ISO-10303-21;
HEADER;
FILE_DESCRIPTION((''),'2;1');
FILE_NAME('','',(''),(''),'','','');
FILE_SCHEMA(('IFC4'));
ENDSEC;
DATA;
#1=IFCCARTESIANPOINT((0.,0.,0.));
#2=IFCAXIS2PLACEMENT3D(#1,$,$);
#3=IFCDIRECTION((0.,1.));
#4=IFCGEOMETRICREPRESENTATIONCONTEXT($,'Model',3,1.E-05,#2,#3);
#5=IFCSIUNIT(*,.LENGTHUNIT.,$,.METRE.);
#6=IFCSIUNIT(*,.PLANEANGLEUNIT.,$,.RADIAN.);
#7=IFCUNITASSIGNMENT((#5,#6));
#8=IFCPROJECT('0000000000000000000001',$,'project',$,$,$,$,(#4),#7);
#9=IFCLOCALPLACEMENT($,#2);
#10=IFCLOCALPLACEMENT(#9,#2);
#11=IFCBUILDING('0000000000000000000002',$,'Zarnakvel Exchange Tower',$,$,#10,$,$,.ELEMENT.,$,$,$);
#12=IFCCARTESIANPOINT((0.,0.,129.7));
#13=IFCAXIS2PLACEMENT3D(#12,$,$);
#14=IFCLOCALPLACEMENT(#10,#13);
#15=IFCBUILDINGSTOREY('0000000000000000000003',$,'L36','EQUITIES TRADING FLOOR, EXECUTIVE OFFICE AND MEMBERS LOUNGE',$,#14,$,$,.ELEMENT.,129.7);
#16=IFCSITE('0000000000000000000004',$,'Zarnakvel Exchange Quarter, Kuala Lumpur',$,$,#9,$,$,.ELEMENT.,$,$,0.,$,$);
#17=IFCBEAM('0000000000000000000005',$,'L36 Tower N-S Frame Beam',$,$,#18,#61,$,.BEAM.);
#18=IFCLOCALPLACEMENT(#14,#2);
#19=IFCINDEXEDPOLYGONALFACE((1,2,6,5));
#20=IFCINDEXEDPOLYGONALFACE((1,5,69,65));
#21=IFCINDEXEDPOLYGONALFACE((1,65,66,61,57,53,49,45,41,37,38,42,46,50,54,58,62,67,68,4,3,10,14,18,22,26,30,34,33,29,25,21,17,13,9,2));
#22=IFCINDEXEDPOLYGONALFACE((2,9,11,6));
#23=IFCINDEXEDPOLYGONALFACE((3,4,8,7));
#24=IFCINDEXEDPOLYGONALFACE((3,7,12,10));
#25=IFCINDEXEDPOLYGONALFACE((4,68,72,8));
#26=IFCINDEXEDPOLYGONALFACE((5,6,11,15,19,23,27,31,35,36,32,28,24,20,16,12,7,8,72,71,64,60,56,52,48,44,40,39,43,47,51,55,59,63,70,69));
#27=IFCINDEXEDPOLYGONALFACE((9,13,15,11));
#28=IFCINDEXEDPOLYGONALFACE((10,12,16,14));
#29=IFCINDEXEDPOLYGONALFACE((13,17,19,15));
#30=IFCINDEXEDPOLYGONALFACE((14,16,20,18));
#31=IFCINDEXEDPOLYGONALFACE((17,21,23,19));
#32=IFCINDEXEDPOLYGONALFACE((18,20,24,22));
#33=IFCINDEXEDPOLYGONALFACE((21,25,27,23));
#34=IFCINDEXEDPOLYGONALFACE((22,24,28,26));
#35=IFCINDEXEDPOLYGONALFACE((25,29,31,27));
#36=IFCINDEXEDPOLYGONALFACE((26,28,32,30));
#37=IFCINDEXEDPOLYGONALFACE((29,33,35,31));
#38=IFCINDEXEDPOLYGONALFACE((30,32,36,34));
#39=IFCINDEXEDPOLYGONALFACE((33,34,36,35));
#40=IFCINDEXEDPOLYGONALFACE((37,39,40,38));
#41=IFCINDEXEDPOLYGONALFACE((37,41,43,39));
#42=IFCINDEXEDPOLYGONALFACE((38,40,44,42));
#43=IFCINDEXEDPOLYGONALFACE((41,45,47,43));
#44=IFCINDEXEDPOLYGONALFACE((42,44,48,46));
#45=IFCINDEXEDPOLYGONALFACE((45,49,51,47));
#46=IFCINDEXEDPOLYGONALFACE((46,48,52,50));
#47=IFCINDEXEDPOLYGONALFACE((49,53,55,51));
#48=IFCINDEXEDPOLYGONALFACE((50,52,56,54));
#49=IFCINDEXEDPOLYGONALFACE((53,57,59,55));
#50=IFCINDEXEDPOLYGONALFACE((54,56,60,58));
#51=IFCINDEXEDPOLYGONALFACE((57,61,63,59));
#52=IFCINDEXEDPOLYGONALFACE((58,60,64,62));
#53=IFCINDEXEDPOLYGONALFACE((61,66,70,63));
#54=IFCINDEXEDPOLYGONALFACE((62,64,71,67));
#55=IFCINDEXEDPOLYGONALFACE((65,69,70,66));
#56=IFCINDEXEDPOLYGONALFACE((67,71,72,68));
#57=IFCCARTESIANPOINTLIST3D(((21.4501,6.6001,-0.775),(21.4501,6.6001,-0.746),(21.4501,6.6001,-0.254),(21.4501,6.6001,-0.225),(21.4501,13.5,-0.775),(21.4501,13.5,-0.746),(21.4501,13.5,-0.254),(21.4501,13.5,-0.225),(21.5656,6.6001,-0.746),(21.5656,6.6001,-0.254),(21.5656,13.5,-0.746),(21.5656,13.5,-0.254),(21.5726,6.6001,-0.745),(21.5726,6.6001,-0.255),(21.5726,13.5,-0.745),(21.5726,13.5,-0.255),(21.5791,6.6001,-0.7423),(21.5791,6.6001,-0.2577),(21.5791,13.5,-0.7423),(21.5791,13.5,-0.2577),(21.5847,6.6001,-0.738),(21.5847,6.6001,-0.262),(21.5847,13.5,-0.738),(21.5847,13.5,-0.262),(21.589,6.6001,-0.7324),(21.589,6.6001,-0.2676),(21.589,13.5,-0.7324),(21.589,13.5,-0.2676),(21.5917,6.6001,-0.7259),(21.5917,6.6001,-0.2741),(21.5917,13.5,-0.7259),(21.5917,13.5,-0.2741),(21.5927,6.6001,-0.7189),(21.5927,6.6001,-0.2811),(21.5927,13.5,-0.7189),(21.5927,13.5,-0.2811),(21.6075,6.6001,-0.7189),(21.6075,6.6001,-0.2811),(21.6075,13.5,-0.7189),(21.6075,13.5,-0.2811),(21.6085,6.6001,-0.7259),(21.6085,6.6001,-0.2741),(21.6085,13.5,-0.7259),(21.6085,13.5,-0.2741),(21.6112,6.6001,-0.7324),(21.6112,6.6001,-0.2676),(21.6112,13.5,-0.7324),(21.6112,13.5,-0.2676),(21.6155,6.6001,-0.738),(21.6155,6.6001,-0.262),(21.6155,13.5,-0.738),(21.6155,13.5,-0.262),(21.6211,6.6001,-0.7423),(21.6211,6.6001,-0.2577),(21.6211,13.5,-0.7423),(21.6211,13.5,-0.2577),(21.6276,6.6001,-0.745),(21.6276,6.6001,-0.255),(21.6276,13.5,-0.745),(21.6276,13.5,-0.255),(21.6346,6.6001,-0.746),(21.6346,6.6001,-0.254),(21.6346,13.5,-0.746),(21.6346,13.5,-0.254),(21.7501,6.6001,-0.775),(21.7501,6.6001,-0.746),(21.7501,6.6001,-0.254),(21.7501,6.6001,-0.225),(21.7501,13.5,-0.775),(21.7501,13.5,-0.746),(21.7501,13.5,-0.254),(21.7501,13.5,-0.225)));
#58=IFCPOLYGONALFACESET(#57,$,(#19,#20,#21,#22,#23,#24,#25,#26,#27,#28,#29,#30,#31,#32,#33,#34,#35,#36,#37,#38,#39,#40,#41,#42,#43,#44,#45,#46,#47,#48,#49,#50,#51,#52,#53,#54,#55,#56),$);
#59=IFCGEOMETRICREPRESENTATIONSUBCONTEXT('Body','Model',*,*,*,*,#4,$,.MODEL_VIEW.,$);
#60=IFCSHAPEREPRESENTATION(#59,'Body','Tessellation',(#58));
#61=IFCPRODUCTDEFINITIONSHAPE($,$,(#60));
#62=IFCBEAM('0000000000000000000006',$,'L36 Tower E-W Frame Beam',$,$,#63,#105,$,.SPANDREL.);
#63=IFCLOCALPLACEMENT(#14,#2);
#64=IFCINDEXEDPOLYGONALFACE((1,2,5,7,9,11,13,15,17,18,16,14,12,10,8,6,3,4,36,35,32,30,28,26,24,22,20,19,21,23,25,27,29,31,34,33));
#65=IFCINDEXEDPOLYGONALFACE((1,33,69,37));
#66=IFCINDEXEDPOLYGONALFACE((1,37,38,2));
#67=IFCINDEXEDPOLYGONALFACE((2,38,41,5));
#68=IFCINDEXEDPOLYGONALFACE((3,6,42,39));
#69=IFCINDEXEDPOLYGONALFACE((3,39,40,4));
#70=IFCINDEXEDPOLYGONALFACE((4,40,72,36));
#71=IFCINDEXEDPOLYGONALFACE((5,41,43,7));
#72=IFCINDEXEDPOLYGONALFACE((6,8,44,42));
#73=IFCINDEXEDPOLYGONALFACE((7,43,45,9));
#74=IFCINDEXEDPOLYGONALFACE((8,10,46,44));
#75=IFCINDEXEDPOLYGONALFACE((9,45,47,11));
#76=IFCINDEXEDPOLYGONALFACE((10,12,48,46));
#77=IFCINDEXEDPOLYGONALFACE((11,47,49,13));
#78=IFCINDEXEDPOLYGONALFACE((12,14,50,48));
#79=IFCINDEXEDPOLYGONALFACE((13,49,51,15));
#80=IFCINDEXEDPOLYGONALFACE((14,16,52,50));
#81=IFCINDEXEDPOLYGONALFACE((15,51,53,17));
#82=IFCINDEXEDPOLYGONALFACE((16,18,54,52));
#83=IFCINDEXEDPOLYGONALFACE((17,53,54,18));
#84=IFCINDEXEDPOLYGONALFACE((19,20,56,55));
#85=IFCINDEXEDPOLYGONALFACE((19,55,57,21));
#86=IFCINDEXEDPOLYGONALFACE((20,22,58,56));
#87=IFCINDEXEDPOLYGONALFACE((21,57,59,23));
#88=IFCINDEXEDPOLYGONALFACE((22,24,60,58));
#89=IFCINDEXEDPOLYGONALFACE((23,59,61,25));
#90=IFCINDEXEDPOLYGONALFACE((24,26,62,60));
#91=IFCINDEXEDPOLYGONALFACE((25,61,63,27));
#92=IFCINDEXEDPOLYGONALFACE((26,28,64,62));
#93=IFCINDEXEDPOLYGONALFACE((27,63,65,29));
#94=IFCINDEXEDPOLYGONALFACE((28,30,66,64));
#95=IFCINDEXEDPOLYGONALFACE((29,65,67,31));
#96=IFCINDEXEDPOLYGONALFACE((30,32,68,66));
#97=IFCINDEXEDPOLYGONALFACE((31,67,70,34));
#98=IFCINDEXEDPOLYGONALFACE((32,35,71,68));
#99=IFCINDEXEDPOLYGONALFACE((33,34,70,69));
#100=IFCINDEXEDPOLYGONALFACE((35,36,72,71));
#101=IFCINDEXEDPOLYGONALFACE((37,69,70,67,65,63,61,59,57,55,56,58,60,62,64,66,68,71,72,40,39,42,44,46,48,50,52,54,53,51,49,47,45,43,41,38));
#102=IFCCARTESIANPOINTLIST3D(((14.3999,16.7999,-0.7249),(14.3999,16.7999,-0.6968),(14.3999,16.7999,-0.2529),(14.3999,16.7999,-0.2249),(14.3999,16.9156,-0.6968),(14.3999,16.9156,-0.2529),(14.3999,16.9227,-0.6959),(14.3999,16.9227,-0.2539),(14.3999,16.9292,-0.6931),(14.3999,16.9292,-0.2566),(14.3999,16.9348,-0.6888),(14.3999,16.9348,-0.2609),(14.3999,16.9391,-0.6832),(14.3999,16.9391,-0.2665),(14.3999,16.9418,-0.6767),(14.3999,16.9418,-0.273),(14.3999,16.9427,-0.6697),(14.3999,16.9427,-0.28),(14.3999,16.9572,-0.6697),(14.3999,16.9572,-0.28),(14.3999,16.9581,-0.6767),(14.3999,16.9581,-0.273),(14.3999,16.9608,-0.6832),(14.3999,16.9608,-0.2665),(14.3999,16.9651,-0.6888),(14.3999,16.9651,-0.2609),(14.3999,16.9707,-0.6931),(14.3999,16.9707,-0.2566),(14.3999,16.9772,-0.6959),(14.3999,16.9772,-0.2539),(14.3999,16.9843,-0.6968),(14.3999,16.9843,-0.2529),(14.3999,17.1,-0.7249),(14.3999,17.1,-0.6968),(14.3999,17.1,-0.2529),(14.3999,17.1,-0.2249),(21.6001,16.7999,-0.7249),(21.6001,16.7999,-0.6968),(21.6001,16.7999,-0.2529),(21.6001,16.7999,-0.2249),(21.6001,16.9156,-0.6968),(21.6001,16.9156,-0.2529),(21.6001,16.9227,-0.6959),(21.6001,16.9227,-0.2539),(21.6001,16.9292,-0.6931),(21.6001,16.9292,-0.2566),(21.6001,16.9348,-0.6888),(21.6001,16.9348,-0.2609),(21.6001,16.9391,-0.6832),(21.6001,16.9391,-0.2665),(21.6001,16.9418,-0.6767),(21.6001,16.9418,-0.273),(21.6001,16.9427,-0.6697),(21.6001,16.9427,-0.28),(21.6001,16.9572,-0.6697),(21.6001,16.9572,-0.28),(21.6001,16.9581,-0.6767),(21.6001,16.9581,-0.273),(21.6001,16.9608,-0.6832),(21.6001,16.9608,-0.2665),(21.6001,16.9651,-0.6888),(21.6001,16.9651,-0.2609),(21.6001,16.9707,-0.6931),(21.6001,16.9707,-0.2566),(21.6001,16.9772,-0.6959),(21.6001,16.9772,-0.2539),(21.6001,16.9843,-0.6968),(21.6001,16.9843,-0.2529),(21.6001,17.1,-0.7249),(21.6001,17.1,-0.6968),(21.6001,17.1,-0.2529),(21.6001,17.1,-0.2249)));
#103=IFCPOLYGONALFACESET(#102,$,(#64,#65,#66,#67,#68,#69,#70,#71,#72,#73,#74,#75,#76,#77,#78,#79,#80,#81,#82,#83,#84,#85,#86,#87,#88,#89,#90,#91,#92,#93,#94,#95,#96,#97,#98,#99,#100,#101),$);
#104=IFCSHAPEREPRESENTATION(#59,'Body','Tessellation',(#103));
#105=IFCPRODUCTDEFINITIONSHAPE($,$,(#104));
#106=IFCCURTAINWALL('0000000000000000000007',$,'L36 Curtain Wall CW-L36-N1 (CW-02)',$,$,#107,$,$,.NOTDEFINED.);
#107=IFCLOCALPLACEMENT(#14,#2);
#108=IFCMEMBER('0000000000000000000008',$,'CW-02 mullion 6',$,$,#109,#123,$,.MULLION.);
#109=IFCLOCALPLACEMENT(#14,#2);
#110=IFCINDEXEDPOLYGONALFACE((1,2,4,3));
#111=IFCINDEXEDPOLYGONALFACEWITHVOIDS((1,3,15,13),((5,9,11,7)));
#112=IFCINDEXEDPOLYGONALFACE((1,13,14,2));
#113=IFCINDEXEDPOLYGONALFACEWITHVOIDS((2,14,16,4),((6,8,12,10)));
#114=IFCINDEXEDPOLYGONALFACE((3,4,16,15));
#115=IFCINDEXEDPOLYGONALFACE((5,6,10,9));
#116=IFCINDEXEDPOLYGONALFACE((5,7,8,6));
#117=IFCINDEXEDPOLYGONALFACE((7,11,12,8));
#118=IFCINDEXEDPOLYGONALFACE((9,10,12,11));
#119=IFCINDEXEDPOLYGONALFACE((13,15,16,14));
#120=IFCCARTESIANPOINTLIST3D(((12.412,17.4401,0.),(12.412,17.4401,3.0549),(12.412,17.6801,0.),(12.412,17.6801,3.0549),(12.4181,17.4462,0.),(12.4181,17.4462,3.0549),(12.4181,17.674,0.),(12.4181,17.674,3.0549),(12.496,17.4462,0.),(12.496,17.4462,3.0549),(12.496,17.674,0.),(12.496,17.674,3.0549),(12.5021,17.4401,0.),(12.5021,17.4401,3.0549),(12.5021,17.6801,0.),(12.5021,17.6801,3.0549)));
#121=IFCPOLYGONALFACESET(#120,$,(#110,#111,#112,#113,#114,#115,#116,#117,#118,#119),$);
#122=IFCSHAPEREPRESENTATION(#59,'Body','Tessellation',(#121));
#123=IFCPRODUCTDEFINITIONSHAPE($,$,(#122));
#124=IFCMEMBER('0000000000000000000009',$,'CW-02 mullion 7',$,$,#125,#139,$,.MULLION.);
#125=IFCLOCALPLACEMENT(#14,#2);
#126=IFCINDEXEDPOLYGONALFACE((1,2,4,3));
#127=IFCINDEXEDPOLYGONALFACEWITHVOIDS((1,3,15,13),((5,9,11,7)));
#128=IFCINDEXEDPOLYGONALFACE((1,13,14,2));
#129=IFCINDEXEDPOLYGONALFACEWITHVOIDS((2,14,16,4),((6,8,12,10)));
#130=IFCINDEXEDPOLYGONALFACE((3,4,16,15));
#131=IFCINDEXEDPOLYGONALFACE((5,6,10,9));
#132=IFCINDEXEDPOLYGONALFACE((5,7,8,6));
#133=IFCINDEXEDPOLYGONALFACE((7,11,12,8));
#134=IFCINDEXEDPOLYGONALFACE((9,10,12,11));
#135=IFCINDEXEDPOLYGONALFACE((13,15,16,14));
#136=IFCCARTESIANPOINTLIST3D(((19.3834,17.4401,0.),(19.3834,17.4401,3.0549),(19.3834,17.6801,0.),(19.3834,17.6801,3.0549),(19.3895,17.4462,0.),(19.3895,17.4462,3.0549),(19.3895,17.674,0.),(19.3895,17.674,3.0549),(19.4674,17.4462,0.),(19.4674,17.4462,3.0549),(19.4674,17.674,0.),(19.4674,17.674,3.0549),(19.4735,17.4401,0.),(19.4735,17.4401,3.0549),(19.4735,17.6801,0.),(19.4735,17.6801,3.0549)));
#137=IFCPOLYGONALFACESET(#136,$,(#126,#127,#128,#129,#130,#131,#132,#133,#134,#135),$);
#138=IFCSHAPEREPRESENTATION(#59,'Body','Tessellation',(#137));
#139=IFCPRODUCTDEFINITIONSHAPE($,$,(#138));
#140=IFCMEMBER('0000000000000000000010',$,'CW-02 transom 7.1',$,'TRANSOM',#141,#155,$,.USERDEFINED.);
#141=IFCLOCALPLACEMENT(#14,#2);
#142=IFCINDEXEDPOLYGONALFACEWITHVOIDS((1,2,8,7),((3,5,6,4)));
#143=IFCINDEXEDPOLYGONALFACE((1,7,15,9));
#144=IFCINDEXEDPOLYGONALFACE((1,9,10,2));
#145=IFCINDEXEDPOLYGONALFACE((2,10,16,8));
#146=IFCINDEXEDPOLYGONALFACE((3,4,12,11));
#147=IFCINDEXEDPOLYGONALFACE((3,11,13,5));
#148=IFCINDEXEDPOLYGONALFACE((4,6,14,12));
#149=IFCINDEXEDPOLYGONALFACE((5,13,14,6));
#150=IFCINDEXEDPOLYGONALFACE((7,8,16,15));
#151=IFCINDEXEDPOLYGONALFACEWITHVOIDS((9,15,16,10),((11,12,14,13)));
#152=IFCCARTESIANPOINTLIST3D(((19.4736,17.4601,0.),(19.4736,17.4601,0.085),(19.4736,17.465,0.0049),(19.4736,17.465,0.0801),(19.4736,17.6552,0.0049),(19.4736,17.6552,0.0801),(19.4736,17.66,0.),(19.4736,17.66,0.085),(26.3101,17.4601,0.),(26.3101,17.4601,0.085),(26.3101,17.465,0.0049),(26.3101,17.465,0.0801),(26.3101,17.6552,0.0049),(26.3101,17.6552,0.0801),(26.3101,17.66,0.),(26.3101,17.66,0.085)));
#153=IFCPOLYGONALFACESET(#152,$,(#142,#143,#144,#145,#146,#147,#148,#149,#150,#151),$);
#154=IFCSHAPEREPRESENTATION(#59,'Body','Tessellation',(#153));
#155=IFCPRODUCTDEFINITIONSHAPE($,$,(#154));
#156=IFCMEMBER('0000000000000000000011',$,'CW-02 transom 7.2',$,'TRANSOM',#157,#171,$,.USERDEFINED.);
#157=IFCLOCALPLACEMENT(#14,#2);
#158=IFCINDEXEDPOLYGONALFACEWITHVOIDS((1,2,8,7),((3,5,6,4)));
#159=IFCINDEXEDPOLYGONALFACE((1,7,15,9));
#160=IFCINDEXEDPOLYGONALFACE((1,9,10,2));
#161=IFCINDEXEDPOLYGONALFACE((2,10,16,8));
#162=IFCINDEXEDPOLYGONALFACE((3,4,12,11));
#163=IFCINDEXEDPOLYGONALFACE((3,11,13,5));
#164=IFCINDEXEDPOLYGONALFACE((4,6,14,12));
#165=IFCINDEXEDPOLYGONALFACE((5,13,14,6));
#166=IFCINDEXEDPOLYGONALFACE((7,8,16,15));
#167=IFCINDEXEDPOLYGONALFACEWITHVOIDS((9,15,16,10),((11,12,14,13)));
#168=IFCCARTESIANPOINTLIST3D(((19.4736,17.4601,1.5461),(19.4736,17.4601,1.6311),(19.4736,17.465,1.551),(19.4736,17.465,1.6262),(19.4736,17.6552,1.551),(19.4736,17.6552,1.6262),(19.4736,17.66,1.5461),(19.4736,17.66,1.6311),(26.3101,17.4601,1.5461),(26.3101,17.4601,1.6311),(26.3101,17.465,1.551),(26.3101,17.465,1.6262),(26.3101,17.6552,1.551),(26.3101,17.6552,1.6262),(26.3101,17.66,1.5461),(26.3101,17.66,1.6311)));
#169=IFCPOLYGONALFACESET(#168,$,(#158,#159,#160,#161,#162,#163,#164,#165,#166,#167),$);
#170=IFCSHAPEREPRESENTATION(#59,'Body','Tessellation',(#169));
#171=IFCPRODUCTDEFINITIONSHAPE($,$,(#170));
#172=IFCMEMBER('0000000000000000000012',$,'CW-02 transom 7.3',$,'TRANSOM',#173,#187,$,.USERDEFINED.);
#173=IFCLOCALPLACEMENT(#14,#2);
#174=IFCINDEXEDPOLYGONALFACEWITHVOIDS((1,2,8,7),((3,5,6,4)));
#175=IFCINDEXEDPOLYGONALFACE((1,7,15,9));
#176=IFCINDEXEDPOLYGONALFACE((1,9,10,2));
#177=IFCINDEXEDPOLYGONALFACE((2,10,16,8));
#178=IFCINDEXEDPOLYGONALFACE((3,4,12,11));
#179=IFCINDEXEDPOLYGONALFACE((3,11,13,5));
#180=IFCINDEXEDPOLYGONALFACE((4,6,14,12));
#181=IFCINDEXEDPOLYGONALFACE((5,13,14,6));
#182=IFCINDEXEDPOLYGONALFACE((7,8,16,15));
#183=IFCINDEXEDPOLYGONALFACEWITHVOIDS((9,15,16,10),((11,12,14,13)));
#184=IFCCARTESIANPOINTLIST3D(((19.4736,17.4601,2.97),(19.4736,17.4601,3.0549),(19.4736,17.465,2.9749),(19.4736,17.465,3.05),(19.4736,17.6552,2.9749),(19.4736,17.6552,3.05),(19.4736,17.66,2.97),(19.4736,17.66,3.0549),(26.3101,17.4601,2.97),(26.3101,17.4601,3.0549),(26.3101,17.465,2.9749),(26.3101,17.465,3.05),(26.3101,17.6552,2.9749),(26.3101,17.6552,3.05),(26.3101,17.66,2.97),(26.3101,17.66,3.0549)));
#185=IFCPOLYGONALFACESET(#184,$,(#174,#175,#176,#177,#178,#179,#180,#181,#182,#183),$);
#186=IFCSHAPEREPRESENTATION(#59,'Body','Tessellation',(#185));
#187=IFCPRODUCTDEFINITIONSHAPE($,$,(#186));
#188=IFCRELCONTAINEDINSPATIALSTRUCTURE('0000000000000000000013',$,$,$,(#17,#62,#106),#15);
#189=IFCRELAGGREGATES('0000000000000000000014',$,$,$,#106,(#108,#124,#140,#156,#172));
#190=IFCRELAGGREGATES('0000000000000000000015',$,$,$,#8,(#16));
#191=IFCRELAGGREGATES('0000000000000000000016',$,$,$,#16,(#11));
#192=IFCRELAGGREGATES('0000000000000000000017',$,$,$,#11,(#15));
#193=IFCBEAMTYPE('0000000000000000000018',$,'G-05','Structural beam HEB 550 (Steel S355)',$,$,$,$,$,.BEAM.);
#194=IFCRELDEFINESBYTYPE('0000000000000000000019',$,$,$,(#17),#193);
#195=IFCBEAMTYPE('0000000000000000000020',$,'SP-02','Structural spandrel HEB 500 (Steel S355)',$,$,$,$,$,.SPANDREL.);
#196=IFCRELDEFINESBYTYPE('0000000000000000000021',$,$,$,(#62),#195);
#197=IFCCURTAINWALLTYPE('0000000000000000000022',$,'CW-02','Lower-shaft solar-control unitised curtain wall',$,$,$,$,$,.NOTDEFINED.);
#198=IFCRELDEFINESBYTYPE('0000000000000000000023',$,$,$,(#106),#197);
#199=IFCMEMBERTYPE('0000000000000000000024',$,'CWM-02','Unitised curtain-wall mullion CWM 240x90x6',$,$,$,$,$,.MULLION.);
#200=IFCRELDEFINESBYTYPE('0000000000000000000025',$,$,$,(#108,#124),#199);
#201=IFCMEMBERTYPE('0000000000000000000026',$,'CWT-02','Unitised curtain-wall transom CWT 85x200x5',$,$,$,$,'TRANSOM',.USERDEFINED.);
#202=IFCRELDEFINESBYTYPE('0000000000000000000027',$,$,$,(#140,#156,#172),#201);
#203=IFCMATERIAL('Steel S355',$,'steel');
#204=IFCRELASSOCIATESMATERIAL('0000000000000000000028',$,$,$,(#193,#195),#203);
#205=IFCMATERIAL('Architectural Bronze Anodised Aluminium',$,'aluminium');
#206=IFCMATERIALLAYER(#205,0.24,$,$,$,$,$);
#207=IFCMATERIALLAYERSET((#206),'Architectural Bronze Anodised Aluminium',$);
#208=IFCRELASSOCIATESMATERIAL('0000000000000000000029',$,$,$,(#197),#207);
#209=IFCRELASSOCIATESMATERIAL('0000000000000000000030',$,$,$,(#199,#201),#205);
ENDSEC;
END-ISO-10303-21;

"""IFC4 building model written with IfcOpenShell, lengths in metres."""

from ifc_helpers import new_model, si_unit, direction, frame, origin, origin_2d, place, context, subcontext, project, spatial, hollow_rectangle, i_section, extrude, source, transform, mapped, material, layer, layer_set, material_profile, profile_set, type_object, element, aggregate, save


model = new_model("IFC4")

# Units and contexts
model_context = context("Model", 3, precision=1e-05, world=origin(), true_north=direction((0.0, 1.0)))
body_context = subcontext(model_context, "Body", "Model", "MODEL_VIEW")
ifc_project = project(units=[si_unit("LENGTHUNIT", "METRE"), si_unit("PLANEANGLEUNIT", "RADIAN")], contexts=[model_context])

# Site, building, storey
site_placement = place(None, origin())
site = spatial("IfcSite", under=ifc_project, at=site_placement, Name="Zarnakvel Exchange Quarter, Kuala Lumpur", CompositionType="ELEMENT", RefElevation=0.0)
building_placement = place(site_placement, origin())
building = spatial("IfcBuilding", under=site, at=building_placement, Name="Zarnakvel Exchange Tower", CompositionType="ELEMENT")
storey_placement = place(building_placement, frame((0.0, 0.0, 129.7)))
storey = spatial("IfcBuildingStorey", under=building, at=storey_placement, Name="L36", Description="EQUITIES TRADING FLOOR, EXECUTIVE OFFICE AND MEMBERS LOUNGE", CompositionType="ELEMENT", Elevation=129.7)

# Beams
ifc_material_1 = material(Name="Steel S355", Category="steel")
ifc_material_profile_1 = material_profile(ifc_material_1, i_section(OverallWidth=0.3, OverallDepth=0.55, WebThickness=0.0149, FlangeThickness=0.0291, FilletRadius=0.0271, at=origin_2d()))
ifc_profile_set_1 = profile_set([ifc_material_profile_1], Name="Steel S355")
beam_type_1 = type_object("IfcBeamType", Name="G-05", Description="Structural beam HEB 550 (Steel S355)", PredefinedType="BEAM", material=ifc_profile_set_1)
beam_1_placement = place(storey_placement, frame((21.6001, 6.6001, -0.5), z_axis=(0.0, 1.0, 0.0), x_axis=(-1.0, 0.0, 0.0)))
element("IfcBeam", 1, at=beam_1_placement, inside=storey, type_object=beam_type_1, Name="L36 Tower N-S Frame Beam", PredefinedType="BEAM", context=body_context, shape_type="SweptSolid", body=[
    extrude(i_section(OverallWidth=0.3, OverallDepth=0.55, WebThickness=0.0149, FlangeThickness=0.0291, FilletRadius=0.0271, at=origin_2d()), origin(), (0.0, 0.0, 1.0), 6.8999),
])
ifc_material_profile_2 = material_profile(ifc_material_1, i_section(OverallWidth=0.3, OverallDepth=0.5, WebThickness=0.0144, FlangeThickness=0.0281, FilletRadius=0.0271, at=origin_2d()))
ifc_profile_set_2 = profile_set([ifc_material_profile_2], Name="Steel S355")
beam_type_2 = type_object("IfcBeamType", Name="SP-02", Description="Structural spandrel HEB 500 (Steel S355)", PredefinedType="SPANDREL", material=ifc_profile_set_2)
beam_2_placement = place(storey_placement, frame((14.3999, 16.95, -0.4749), z_axis=(1.0, 0.0, 0.0), x_axis=(0.0, 1.0, 0.0)))
element("IfcBeam", 2, at=beam_2_placement, inside=storey, type_object=beam_type_2, Name="L36 Tower E-W Frame Beam", PredefinedType="SPANDREL", context=body_context, shape_type="SweptSolid", body=[
    extrude(i_section(OverallWidth=0.3, OverallDepth=0.5, WebThickness=0.0144, FlangeThickness=0.0281, FilletRadius=0.0271, at=origin_2d()), origin(), (0.0, 0.0, 1.0), 7.2002),
])

# Curtain wall, members
ifc_material_2 = material(Name="Architectural Bronze Anodised Aluminium", Category="aluminium")
ifc_layer_1 = layer(ifc_material_2, 0.24)
ifc_layer_set_1 = layer_set([ifc_layer_1], Name="Architectural Bronze Anodised Aluminium")
curtain_wall_type = type_object("IfcCurtainWallType", Name="CW-02", Description="Lower-shaft solar-control unitised curtain wall", PredefinedType="NOTDEFINED", material=ifc_layer_set_1)
curtain_wall_placement = place(storey_placement, origin())
curtain_wall = element("IfcCurtainWall", 3, at=curtain_wall_placement, inside=storey, type_object=curtain_wall_type, Name="L36 Curtain Wall CW-L36-N1 (CW-02)", PredefinedType="NOTDEFINED")
ifc_material_profile_3 = material_profile(ifc_material_2, hollow_rectangle(XDim=0.24, YDim=0.0901, WallThickness=0.0061, at=origin_2d()))
ifc_profile_set_3 = profile_set([ifc_material_profile_3], Name="Architectural Bronze Anodised Aluminium")
member_type_1 = type_object("IfcMemberType", Name="CWM-02", Description="Unitised curtain-wall mullion CWM 240x90x6", PredefinedType="MULLION", material=ifc_profile_set_3)
shared_shape_1 = source(origin(), body_context, "Body", "SweptSolid", [
    extrude(hollow_rectangle(XDim=0.24, YDim=0.0901, WallThickness=0.0061, at=origin_2d()), origin(), (0.0, 0.0, 1.0), 3.0549),
])
member_1_placement = place(storey_placement, frame((12.457, 17.5601, 0.0), z_axis=(0.0, 0.0, 1.0), x_axis=(0.0, 1.0, 0.0)))
member_1 = element("IfcMember", 4, at=member_1_placement, type_object=member_type_1, Name="CW-02 mullion 6", PredefinedType="MULLION", context=body_context, shape_type="MappedRepresentation", body=[
    mapped(shared_shape_1, transform((0.0, 0.0, 0.0), x_axis=(1.0, 0.0, 0.0), y_axis=(0.0, 1.0, 0.0), z_axis=(0.0, 0.0, 1.0), scale=1.0)),
])
member_2_placement = place(storey_placement, frame((19.4285, 17.5601, 0.0), z_axis=(0.0, 0.0, 1.0), x_axis=(0.0, 1.0, 0.0)))
member_2 = element("IfcMember", 5, at=member_2_placement, type_object=member_type_1, Name="CW-02 mullion 7", PredefinedType="MULLION", context=body_context, shape_type="MappedRepresentation", body=[
    mapped(shared_shape_1, transform((0.0, 0.0, 0.0), x_axis=(1.0, 0.0, 0.0), y_axis=(0.0, 1.0, 0.0), z_axis=(0.0, 0.0, 1.0), scale=1.0)),
])
ifc_material_profile_4 = material_profile(ifc_material_2, hollow_rectangle(XDim=0.2, YDim=0.085, WallThickness=0.0049, at=origin_2d()))
ifc_profile_set_4 = profile_set([ifc_material_profile_4], Name="Architectural Bronze Anodised Aluminium")
member_type_2 = type_object("IfcMemberType", Name="CWT-02", Description="Unitised curtain-wall transom CWT 85x200x5", ElementType="TRANSOM", PredefinedType="USERDEFINED", material=ifc_profile_set_4)
shared_shape_2 = source(origin(), body_context, "Body", "SweptSolid", [
    extrude(hollow_rectangle(XDim=0.2, YDim=0.085, WallThickness=0.0049, at=origin_2d()), origin(), (0.0, 0.0, 1.0), 6.8364),
])
member_3_placement = place(storey_placement, frame((19.4736, 17.5601, 0.0425), z_axis=(1.0, 0.0, 0.0), x_axis=(0.0, 1.0, 0.0)))
member_3 = element("IfcMember", 6, at=member_3_placement, type_object=member_type_2, Name="CW-02 transom 7.1", ObjectType="TRANSOM", PredefinedType="USERDEFINED", context=body_context, shape_type="MappedRepresentation", body=[
    mapped(shared_shape_2, transform((0.0, 0.0, 0.0), x_axis=(1.0, 0.0, 0.0), y_axis=(0.0, 1.0, 0.0), z_axis=(0.0, 0.0, 1.0), scale=1.0)),
])
member_4_placement = place(storey_placement, frame((19.4736, 17.5601, 1.5886), z_axis=(1.0, 0.0, 0.0), x_axis=(0.0, 1.0, 0.0)))
member_4 = element("IfcMember", 7, at=member_4_placement, type_object=member_type_2, Name="CW-02 transom 7.2", ObjectType="TRANSOM", PredefinedType="USERDEFINED", context=body_context, shape_type="MappedRepresentation", body=[
    mapped(shared_shape_2, transform((0.0, 0.0, 0.0), x_axis=(1.0, 0.0, 0.0), y_axis=(0.0, 1.0, 0.0), z_axis=(0.0, 0.0, 1.0), scale=1.0)),
])
member_5_placement = place(storey_placement, frame((19.4736, 17.5601, 3.0125), z_axis=(1.0, 0.0, 0.0), x_axis=(0.0, 1.0, 0.0)))
member_5 = element("IfcMember", 8, at=member_5_placement, type_object=member_type_2, Name="CW-02 transom 7.3", ObjectType="TRANSOM", PredefinedType="USERDEFINED", context=body_context, shape_type="MappedRepresentation", body=[
    mapped(shared_shape_2, transform((0.0, 0.0, 0.0), x_axis=(1.0, 0.0, 0.0), y_axis=(0.0, 1.0, 0.0), z_axis=(0.0, 0.0, 1.0), scale=1.0)),
])
aggregate(curtain_wall, [member_1, member_2, member_3, member_4, member_5])

save(model, "model.ifc")
